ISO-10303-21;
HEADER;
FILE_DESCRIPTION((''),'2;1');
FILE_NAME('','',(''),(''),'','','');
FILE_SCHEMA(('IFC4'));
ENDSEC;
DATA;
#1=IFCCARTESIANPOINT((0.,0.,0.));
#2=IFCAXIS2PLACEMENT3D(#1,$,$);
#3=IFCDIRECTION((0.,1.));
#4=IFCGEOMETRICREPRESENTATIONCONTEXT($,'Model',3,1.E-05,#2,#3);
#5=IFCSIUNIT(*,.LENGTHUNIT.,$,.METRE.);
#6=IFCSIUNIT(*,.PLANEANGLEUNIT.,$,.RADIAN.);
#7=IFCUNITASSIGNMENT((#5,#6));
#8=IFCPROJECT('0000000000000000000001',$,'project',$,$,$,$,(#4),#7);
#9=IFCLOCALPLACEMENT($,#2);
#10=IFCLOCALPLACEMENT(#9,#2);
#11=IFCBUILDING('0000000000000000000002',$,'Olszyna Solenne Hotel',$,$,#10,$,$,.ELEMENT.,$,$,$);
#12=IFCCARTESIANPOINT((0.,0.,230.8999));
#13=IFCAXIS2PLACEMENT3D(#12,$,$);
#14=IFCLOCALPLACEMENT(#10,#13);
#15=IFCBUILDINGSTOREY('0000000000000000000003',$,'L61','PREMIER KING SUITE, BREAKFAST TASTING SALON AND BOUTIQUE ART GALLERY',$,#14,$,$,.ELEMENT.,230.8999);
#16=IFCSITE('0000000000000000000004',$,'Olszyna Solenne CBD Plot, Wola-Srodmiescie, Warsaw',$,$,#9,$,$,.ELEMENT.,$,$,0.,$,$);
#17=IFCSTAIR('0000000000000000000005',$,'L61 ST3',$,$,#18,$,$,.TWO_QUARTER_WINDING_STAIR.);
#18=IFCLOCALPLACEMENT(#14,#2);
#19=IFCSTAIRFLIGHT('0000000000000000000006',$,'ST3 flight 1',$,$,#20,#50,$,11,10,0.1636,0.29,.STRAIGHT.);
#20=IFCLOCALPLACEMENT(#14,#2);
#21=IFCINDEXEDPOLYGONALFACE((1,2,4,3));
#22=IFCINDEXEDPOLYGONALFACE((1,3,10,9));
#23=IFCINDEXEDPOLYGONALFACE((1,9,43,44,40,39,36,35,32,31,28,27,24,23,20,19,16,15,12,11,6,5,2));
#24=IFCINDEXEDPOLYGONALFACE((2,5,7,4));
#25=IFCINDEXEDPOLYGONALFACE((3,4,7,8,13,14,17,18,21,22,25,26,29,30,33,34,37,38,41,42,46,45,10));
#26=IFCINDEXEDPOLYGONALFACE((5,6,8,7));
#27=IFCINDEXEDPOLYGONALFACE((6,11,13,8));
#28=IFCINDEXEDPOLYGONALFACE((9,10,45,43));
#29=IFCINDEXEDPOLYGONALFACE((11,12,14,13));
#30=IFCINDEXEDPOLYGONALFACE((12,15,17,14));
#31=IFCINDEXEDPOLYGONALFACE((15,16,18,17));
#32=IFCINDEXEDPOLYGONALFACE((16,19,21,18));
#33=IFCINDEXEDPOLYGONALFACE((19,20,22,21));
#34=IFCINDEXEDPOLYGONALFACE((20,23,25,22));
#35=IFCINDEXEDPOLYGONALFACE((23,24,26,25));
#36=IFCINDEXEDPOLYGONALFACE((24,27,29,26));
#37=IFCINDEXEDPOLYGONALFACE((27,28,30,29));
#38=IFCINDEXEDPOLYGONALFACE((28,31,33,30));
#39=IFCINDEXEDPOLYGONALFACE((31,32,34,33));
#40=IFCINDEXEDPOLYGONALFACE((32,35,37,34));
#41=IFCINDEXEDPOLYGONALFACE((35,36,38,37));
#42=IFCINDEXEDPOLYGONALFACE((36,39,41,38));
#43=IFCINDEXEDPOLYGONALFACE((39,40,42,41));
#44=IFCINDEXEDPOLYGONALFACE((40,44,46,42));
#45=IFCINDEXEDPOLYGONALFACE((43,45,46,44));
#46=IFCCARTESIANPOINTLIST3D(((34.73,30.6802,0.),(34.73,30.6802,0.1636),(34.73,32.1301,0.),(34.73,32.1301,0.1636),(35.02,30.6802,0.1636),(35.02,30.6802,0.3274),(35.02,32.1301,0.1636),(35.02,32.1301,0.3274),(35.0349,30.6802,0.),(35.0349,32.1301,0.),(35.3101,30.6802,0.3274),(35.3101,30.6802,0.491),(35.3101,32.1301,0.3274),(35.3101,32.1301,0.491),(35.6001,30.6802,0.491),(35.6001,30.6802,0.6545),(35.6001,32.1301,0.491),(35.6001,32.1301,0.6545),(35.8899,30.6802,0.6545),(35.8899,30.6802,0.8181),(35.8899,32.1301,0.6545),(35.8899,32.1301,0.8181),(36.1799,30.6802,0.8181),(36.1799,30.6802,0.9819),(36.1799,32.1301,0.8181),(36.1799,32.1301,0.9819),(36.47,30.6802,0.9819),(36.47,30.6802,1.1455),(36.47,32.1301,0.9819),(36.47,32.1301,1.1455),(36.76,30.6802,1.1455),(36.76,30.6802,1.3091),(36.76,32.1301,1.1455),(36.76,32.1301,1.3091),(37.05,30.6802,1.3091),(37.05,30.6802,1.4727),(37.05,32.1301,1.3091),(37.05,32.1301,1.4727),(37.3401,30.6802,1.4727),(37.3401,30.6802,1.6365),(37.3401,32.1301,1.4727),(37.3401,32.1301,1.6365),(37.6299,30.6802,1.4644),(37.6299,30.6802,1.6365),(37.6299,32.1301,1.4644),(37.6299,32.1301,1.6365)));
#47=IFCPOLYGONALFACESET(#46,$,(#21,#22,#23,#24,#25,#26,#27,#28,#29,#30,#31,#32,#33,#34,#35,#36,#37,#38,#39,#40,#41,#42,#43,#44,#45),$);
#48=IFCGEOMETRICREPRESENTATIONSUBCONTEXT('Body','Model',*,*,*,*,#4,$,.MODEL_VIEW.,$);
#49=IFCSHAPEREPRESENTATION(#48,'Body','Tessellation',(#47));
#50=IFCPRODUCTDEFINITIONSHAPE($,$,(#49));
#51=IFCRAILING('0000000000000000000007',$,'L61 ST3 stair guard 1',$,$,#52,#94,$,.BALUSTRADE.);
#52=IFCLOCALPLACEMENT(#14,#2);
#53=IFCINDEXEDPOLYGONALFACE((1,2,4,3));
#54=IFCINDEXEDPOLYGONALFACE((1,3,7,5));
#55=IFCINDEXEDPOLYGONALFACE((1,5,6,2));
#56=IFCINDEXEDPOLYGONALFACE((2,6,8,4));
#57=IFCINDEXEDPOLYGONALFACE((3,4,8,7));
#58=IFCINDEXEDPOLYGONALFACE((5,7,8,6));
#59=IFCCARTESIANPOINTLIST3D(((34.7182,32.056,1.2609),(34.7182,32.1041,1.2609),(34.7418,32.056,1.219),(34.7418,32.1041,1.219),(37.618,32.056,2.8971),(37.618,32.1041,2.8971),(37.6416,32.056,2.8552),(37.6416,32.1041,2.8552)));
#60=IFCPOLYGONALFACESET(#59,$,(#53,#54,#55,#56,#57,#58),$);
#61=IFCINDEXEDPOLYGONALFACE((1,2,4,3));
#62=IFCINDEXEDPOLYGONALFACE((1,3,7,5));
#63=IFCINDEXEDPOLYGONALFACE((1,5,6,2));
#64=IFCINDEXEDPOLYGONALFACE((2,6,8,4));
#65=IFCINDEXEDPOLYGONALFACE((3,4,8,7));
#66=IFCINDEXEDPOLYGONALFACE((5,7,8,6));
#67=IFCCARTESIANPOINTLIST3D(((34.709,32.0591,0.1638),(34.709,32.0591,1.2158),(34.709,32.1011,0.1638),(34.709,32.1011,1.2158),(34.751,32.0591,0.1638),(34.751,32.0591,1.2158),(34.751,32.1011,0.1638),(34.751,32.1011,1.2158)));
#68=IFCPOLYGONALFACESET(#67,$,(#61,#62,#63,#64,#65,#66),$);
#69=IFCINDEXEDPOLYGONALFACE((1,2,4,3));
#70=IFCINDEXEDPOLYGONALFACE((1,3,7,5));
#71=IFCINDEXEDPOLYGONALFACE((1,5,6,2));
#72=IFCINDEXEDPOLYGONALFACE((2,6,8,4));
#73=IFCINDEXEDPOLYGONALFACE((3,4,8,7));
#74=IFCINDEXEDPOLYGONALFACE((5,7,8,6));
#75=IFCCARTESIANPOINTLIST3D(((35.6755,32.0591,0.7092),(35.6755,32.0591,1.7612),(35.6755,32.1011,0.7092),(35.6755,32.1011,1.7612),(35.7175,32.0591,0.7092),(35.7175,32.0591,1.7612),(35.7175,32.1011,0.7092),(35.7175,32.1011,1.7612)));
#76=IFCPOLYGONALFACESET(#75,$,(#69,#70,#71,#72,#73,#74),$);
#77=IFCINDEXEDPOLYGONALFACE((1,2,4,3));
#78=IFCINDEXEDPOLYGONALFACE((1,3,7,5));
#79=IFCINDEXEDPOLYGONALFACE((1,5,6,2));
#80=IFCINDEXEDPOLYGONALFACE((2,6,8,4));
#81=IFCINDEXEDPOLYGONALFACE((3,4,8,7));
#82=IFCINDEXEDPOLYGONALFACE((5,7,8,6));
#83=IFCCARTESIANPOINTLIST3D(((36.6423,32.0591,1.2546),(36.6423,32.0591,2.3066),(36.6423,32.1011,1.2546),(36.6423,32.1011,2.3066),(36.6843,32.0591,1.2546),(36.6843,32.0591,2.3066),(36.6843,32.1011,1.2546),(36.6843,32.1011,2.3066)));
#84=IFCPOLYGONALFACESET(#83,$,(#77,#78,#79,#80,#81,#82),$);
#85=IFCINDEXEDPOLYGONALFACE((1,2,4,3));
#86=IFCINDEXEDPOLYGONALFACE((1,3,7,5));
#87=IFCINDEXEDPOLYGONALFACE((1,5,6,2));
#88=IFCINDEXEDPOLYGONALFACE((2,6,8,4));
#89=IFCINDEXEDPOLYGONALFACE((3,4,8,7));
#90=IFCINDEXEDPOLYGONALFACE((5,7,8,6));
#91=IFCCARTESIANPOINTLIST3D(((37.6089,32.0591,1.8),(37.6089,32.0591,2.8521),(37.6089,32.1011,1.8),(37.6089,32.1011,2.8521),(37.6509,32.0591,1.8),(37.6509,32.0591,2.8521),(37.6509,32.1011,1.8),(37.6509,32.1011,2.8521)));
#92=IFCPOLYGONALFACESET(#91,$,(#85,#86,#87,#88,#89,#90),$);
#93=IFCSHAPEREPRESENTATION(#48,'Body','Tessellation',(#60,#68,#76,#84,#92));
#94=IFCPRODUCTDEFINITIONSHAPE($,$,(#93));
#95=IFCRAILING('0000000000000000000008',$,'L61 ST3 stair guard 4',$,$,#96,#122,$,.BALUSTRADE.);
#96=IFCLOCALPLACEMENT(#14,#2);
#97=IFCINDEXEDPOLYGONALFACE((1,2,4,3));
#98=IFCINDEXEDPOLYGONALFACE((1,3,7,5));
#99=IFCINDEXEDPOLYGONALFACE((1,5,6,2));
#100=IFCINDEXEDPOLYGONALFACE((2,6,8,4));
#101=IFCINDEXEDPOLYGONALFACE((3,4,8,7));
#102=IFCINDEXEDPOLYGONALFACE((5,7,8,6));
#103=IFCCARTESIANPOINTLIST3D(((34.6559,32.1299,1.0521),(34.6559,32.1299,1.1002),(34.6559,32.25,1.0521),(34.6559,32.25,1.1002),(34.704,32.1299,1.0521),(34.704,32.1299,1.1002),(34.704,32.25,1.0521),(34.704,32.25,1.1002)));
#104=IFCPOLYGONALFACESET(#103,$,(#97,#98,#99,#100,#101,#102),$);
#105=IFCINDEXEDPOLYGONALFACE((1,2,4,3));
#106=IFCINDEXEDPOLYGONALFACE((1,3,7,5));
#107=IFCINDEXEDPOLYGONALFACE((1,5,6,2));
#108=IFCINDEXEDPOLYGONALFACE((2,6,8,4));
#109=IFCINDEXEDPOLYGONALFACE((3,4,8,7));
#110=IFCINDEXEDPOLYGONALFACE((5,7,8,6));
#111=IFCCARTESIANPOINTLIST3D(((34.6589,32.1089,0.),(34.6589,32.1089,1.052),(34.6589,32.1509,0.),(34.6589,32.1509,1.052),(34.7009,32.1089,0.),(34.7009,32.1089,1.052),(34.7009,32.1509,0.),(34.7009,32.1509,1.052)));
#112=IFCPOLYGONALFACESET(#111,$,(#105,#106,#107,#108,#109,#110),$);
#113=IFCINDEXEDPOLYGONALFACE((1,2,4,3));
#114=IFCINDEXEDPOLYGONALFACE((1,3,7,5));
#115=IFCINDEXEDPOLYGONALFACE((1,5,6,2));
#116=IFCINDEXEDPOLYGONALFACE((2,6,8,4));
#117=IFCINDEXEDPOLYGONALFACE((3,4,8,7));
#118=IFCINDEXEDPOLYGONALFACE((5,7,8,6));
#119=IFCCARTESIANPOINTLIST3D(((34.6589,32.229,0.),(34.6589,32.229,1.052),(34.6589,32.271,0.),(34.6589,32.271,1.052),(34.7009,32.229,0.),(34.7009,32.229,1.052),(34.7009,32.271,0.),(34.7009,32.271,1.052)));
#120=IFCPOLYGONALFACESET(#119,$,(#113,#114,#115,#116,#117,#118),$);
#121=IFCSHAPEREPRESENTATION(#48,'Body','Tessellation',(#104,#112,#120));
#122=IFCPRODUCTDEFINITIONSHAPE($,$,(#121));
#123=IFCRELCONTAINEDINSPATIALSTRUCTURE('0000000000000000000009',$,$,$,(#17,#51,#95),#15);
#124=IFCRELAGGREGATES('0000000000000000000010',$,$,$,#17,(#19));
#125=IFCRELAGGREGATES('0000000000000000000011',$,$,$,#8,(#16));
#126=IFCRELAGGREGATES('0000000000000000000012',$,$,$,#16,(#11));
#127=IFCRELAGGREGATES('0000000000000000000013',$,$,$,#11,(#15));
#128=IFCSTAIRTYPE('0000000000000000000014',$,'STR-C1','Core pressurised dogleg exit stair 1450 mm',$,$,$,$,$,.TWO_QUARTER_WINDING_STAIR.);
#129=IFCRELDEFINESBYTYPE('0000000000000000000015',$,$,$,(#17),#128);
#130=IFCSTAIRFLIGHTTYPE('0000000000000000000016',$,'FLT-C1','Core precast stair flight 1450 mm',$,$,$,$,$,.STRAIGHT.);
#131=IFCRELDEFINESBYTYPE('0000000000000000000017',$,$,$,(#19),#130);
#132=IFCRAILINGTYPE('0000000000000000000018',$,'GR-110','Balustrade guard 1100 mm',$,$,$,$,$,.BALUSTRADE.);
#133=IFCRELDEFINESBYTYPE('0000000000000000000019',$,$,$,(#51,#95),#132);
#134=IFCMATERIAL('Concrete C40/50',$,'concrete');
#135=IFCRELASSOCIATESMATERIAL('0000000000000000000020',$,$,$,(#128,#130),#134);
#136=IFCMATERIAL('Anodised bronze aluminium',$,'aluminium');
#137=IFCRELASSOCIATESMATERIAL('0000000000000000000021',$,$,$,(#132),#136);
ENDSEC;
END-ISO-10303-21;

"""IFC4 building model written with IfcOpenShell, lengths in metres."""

from ifc_helpers import new_model, si_unit, direction, frame, origin, origin_2d, place, context, subcontext, project, spatial, polyline, rectangle, outline, extrude, material, type_object, element, aggregate, save


model = new_model("IFC4")

# Units and contexts
model_context = context("Model", 3, precision=1e-05, world=origin(), true_north=direction((0.0, 1.0)))
body_context = subcontext(model_context, "Body", "Model", "MODEL_VIEW")
ifc_project = project(units=[si_unit("LENGTHUNIT", "METRE"), si_unit("PLANEANGLEUNIT", "RADIAN")], contexts=[model_context])

# Site, building, storey
site_placement = place(None, origin())
site = spatial("IfcSite", under=ifc_project, at=site_placement, Name="Olszyna Solenne CBD Plot, Wola-Srodmiescie, Warsaw", CompositionType="ELEMENT", RefElevation=0.0)
building_placement = place(site_placement, origin())
building = spatial("IfcBuilding", under=site, at=building_placement, Name="Olszyna Solenne Hotel", CompositionType="ELEMENT")
storey_placement = place(building_placement, frame((0.0, 0.0, 230.8999)))
storey = spatial("IfcBuildingStorey", under=building, at=storey_placement, Name="L61", Description="PREMIER KING SUITE, BREAKFAST TASTING SALON AND BOUTIQUE ART GALLERY", CompositionType="ELEMENT", Elevation=230.8999)

# Shared definitions
ifc_material_1 = material(Name="Anodised bronze aluminium", Category="aluminium")

# Stair, stair flight
ifc_material_2 = material(Name="Concrete C40/50", Category="concrete")
stair_type = type_object("IfcStairType", Name="STR-C1", Description="Core pressurised dogleg exit stair 1450 mm", PredefinedType="TWO_QUARTER_WINDING_STAIR", material=ifc_material_2)
stair_placement = place(storey_placement, origin())
stair = element("IfcStair", 1, at=stair_placement, inside=storey, type_object=stair_type, Name="L61 ST3", PredefinedType="TWO_QUARTER_WINDING_STAIR")
stair_flight_type = type_object("IfcStairFlightType", Name="FLT-C1", Description="Core precast stair flight 1450 mm", PredefinedType="STRAIGHT", material=ifc_material_2)
stair_flight_placement = place(storey_placement, frame((34.73, 31.405, 0.0), z_axis=(0.0, 0.0, 1.0), x_axis=(1.0, 0.0, 0.0)))
stair_flight = element("IfcStairFlight", 2, at=stair_flight_placement, type_object=stair_flight_type, Name="ST3 flight 1", NumberOfRisers=11, NumberOfTreads=10, PredefinedType="STRAIGHT", RiserHeight=0.1636, TreadLength=0.29, context=body_context, shape_type="SweptSolid", body=[
    extrude(outline(polyline([(0.0, 0.0), (0.0, 0.1636), (0.29, 0.1636), (0.29, 0.3274), (0.5801, 0.3274), (0.5801, 0.491), (0.8701, 0.491), (0.8701, 0.6545), (1.1599, 0.6545), (1.1599, 0.8181), (1.45, 0.8181), (1.45, 0.9819), (1.74, 0.9819), (1.74, 1.1455), (2.03, 1.1455), (2.03, 1.3091), (2.3201, 1.3091), (2.3201, 1.4727), (2.6101, 1.4727), (2.6101, 1.6365), (2.8999, 1.6365), (2.8999, 1.8), (2.8999, 1.4644), (0.3049, 0.0), (0.0, 0.0)])), frame((0.0, 0.7251, 0.0), z_axis=(0.0, -1.0, 0.0), x_axis=(1.0, 0.0, 0.0)), (0.0, 0.0, 1.0), 1.45),
])
aggregate(stair, [stair_flight])

# Railings
railing_type = type_object("IfcRailingType", Name="GR-110", Description="Balustrade guard 1100 mm", PredefinedType="BALUSTRADE", material=ifc_material_1)
railing_1_placement = place(storey_placement, frame((34.73, 32.0801, 0.1638)))
element("IfcRailing", 3, at=railing_1_placement, inside=storey, type_object=railing_type, Name="L61 ST3 stair guard 1", PredefinedType="BALUSTRADE", context=body_context, shape_type="SweptSolid", body=[
    extrude(rectangle(XDim=0.0481, YDim=0.0481, at=origin_2d()), frame((0.0, 0.0, 1.0762), z_axis=(0.870929, 0.0, 0.49141), x_axis=(0.0, 1.0, 0.0)), (0.0, 0.0, 1.0), 3.3296),
    extrude(rectangle(XDim=0.042, YDim=0.042, at=origin_2d()), origin(), (0.0, 0.0, 1.0), 1.052),
    extrude(rectangle(XDim=0.042, YDim=0.042, at=origin_2d()), frame((0.9666, 0.0, 0.5454)), (0.0, 0.0, 1.0), 1.052),
    extrude(rectangle(XDim=0.042, YDim=0.042, at=origin_2d()), frame((1.9333, 0.0, 1.0908)), (0.0, 0.0, 1.0), 1.052),
    extrude(rectangle(XDim=0.042, YDim=0.042, at=origin_2d()), frame((2.8999, 0.0, 1.6362)), (0.0, 0.0, 1.0), 1.052),
])
railing_2_placement = place(storey_placement, frame((34.6799, 32.1299, 0.0)))
element("IfcRailing", 4, at=railing_2_placement, inside=storey, type_object=railing_type, Name="L61 ST3 stair guard 4", PredefinedType="BALUSTRADE", context=body_context, shape_type="SweptSolid", body=[
    extrude(rectangle(XDim=0.0481, YDim=0.0481, at=origin_2d()), frame((0.0, 0.0, 1.0762), z_axis=(0.0, 1.0, 0.0), x_axis=(-1.0, 0.0, 0.0)), (0.0, 0.0, 1.0), 0.1201),
    extrude(rectangle(XDim=0.042, YDim=0.042, at=origin_2d()), origin(), (0.0, 0.0, 1.0), 1.052),
    extrude(rectangle(XDim=0.042, YDim=0.042, at=origin_2d()), frame((0.0, 0.1201, 0.0)), (0.0, 0.0, 1.0), 1.052),
])

save(model, "model.ifc")
